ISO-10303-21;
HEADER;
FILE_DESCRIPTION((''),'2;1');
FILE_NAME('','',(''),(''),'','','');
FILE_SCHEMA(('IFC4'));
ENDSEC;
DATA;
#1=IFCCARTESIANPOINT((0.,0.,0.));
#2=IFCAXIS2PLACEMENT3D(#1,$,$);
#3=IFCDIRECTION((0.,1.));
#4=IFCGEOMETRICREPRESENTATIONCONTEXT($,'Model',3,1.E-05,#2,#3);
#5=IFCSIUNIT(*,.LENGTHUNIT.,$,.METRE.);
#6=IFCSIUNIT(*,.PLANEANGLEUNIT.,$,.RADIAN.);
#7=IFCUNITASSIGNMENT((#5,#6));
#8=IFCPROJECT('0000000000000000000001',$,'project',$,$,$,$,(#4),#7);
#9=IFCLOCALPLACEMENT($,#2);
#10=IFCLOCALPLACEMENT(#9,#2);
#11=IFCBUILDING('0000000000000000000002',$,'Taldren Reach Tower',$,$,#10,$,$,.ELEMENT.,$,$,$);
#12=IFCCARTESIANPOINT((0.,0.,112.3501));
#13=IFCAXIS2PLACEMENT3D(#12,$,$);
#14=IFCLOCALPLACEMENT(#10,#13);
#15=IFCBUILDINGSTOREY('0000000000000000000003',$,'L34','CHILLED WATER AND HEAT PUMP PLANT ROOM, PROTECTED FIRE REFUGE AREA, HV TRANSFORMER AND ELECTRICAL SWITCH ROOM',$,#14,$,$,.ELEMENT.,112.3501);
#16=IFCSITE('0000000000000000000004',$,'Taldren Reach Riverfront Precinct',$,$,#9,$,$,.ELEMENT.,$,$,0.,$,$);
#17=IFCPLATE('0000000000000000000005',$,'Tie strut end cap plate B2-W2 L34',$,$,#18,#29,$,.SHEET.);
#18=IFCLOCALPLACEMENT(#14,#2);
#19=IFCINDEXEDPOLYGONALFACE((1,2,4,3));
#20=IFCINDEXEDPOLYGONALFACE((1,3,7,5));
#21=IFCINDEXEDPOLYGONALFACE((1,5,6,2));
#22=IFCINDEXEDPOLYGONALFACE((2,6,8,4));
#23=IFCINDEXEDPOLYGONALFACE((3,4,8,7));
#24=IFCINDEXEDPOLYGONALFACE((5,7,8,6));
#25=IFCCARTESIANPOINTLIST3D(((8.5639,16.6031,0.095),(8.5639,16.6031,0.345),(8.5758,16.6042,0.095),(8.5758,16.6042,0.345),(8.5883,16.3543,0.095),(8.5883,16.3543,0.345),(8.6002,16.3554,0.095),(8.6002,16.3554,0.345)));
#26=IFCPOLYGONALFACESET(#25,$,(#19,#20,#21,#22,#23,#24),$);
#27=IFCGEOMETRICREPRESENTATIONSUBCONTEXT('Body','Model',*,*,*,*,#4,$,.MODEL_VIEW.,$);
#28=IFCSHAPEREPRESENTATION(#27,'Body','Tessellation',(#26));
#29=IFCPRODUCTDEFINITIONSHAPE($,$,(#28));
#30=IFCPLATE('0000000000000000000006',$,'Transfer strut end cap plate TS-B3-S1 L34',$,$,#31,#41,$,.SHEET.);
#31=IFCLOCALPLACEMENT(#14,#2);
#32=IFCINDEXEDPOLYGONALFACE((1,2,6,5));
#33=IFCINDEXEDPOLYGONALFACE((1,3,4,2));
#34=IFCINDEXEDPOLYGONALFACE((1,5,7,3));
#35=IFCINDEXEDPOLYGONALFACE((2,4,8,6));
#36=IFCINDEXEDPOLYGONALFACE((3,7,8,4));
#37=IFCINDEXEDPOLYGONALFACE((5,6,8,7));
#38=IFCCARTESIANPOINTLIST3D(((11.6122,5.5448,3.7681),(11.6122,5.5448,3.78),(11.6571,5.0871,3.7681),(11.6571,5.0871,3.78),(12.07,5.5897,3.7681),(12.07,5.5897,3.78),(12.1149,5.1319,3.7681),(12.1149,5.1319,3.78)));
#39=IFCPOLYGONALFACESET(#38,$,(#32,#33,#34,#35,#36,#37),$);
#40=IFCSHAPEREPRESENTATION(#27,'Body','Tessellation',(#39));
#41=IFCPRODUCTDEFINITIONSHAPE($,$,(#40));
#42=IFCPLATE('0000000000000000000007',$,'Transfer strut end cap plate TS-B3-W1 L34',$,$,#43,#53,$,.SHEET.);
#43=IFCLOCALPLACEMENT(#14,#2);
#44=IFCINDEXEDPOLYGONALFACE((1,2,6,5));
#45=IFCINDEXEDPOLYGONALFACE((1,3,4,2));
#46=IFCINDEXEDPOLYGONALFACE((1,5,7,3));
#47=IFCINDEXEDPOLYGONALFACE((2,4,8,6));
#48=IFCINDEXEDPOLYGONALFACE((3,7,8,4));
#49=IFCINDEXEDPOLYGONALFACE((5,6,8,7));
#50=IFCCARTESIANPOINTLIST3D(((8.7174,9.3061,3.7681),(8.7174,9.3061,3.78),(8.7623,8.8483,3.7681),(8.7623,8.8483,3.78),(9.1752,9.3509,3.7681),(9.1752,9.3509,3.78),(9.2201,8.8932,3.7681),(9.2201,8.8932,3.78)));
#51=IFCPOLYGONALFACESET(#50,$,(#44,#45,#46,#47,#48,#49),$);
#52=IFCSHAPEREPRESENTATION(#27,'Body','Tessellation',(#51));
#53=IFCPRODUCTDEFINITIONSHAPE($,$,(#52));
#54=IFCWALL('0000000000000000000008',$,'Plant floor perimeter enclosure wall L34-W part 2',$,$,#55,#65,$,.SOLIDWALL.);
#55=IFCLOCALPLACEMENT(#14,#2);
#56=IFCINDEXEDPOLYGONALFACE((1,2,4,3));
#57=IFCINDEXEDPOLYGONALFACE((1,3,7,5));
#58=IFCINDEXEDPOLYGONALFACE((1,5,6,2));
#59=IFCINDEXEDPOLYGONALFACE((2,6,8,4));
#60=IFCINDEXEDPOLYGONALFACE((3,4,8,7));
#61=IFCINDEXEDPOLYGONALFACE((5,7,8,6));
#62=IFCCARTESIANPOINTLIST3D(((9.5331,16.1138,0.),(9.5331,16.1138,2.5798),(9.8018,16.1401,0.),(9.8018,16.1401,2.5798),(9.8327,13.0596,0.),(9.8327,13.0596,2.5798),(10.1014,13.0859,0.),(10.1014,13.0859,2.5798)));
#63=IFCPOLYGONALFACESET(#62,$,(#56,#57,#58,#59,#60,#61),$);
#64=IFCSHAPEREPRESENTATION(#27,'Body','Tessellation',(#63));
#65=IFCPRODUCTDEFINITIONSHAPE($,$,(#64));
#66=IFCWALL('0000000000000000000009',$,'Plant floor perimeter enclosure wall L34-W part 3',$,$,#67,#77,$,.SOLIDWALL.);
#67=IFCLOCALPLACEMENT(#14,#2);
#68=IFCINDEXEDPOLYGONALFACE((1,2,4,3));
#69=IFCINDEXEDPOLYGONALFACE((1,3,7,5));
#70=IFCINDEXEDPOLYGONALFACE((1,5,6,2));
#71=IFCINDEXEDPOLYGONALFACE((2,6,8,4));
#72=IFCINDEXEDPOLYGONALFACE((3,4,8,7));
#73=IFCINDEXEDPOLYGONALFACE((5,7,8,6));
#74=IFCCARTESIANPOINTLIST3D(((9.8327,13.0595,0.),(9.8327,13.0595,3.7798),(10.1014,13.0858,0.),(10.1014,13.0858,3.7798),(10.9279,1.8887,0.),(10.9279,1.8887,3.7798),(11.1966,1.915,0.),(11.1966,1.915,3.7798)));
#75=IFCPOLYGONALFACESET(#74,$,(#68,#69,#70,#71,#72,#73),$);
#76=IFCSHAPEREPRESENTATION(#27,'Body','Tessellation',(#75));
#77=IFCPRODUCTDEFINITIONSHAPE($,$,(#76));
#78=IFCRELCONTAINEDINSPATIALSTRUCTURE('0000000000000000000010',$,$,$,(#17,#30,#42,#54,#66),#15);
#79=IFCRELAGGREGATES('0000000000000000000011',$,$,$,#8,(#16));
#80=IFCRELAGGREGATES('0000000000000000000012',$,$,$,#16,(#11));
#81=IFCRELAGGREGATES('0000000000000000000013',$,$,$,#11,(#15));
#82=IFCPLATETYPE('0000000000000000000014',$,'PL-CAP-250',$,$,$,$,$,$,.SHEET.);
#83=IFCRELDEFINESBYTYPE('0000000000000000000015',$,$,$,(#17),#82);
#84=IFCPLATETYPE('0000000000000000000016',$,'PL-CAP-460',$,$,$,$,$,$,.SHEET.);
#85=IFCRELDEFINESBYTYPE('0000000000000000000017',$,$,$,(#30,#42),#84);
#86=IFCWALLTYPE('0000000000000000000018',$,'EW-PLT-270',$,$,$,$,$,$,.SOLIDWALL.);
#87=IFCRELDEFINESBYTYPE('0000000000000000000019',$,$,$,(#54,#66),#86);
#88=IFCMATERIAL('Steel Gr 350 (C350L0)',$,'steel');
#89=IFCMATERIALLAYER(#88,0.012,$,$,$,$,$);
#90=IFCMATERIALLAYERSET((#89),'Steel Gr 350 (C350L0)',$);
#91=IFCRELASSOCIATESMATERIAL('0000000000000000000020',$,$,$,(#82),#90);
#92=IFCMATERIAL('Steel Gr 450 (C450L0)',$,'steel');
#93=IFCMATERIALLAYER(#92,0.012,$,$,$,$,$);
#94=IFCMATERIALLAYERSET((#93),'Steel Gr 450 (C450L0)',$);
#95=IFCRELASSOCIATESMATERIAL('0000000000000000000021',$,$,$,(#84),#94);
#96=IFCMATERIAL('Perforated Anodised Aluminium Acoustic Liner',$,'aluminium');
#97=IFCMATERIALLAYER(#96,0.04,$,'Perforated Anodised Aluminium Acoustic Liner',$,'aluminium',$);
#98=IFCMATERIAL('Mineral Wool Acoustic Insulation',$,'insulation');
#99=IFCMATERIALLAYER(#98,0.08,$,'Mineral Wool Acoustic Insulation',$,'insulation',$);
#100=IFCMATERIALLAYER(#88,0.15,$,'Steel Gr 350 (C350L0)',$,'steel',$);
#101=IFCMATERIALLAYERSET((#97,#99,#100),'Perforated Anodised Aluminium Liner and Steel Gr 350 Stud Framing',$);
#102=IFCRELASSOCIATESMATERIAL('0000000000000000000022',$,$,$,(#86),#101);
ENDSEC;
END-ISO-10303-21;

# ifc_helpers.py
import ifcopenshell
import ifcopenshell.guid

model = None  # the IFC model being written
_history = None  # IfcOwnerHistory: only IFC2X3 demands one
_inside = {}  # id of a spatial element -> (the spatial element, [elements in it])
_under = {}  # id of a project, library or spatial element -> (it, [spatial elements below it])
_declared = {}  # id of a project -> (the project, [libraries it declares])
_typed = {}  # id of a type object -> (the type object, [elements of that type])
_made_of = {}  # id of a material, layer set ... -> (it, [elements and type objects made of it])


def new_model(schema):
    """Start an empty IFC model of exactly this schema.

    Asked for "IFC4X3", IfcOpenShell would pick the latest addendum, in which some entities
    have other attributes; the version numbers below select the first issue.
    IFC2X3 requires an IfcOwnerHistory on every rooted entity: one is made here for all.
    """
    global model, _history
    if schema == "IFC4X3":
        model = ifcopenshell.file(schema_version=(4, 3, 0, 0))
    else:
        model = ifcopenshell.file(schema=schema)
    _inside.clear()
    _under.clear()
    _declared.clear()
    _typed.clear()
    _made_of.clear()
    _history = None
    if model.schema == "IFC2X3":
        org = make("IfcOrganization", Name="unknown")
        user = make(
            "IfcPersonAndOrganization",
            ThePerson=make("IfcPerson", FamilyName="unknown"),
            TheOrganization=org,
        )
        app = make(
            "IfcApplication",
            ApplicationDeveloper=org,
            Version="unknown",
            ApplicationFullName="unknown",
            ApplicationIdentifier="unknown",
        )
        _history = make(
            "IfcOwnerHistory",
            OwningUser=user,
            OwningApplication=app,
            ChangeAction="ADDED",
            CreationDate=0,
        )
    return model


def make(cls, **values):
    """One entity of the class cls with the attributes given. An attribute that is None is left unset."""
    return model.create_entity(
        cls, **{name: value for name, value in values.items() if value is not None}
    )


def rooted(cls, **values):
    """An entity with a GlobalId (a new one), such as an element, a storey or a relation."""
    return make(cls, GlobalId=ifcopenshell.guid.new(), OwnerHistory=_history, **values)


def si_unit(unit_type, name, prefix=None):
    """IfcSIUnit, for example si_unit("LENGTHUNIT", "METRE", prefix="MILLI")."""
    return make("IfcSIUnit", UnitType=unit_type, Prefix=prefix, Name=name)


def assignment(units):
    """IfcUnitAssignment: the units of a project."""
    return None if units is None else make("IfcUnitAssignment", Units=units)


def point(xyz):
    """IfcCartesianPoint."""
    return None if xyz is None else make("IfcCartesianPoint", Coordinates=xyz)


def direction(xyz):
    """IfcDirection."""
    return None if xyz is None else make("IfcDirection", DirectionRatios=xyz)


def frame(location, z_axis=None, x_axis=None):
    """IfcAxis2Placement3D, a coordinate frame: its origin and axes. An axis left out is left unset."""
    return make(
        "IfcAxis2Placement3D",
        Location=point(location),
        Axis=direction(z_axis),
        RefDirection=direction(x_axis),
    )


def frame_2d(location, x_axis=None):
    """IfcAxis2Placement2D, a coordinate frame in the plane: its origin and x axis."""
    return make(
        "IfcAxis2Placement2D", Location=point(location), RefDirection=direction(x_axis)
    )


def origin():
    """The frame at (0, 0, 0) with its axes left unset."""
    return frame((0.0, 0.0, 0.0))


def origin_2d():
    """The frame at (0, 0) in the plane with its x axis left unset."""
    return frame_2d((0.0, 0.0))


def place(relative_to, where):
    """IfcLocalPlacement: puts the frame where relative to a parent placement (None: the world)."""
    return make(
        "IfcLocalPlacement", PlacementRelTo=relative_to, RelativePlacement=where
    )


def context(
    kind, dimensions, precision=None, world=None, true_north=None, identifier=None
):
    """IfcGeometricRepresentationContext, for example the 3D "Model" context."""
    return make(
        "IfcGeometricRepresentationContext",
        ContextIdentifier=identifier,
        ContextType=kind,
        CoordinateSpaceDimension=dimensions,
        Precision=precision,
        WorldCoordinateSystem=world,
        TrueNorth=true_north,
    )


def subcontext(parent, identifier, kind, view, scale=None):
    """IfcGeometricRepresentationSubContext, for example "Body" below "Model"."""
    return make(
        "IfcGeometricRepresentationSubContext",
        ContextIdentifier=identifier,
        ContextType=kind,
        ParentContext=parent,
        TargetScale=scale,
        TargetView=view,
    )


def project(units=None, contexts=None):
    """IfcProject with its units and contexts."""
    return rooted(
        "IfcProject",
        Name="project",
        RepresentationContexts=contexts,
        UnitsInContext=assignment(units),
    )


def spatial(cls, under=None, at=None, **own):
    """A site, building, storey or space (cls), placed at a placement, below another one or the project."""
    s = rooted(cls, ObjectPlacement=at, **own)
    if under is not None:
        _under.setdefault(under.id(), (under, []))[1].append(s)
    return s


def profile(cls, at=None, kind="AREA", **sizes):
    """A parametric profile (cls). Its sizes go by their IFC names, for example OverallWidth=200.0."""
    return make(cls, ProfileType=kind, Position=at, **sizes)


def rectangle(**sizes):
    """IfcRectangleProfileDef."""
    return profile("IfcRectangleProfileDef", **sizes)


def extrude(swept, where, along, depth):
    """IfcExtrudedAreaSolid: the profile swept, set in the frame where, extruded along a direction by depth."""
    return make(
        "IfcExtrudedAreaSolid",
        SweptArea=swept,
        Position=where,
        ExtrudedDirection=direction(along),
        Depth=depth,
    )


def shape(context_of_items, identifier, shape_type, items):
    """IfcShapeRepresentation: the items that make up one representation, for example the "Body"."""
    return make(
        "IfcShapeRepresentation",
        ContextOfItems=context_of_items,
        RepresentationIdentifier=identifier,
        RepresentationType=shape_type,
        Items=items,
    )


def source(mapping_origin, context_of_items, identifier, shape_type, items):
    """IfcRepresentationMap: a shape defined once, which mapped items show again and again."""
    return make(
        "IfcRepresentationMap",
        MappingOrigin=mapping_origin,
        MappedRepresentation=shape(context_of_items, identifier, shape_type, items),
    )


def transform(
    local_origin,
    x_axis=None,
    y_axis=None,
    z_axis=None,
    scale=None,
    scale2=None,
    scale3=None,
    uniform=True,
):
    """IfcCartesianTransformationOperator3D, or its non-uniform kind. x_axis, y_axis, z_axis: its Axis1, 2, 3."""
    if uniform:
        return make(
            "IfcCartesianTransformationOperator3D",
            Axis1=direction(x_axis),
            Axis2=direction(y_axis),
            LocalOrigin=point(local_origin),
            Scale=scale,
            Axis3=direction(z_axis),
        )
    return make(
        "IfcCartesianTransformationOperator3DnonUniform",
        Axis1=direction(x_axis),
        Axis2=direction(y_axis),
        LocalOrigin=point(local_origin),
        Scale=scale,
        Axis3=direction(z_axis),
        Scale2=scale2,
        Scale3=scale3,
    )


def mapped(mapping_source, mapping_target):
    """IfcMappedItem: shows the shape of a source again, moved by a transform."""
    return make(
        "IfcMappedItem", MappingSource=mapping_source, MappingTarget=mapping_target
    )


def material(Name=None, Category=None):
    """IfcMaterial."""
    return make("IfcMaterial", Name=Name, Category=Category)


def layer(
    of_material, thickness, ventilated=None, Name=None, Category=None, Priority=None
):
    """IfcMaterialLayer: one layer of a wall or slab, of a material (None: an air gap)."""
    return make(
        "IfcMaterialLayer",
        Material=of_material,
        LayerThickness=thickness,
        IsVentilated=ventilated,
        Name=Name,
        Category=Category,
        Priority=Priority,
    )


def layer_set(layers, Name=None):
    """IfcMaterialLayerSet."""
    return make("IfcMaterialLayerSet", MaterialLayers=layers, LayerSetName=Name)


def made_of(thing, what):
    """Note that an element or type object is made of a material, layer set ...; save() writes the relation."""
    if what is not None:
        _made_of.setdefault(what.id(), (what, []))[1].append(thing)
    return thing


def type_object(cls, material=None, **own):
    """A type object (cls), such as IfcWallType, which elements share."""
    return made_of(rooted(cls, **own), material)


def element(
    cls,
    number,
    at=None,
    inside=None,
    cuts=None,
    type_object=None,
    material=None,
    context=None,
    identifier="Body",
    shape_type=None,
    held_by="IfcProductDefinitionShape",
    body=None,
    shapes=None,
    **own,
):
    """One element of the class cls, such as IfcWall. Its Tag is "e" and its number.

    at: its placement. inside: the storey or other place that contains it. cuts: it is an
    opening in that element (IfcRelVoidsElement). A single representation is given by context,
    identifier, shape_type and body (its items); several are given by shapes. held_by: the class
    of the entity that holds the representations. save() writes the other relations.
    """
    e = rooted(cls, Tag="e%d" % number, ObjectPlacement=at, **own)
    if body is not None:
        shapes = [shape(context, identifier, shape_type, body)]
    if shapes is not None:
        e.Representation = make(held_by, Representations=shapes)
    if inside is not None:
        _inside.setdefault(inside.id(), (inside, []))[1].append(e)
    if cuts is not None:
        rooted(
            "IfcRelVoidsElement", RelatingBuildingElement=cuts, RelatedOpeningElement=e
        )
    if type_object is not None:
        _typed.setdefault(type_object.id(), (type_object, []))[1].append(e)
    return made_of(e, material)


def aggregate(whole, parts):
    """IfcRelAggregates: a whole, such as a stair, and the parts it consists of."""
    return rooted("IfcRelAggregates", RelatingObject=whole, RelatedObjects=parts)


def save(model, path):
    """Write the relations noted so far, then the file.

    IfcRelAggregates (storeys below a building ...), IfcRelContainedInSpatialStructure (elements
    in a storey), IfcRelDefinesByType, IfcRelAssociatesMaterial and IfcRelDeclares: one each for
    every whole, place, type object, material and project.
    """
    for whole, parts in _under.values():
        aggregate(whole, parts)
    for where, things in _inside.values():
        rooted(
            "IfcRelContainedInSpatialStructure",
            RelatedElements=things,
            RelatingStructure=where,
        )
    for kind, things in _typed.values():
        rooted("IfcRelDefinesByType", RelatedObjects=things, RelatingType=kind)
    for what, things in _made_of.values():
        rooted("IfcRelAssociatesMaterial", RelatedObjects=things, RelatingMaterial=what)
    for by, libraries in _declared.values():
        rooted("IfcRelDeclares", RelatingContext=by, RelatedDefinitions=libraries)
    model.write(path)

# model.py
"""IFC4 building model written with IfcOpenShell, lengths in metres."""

from ifc_helpers import new_model, si_unit, direction, frame, frame_2d, origin, origin_2d, place, context, subcontext, project, spatial, rectangle, extrude, source, transform, mapped, material, layer, layer_set, type_object, element, save


model = new_model("IFC4")

# Units and contexts
model_context = context("Model", 3, precision=1e-05, world=origin(), true_north=direction((0.0, 1.0)))
body_context = subcontext(model_context, "Body", "Model", "MODEL_VIEW")
ifc_project = project(units=[si_unit("LENGTHUNIT", "METRE"), si_unit("PLANEANGLEUNIT", "RADIAN")], contexts=[model_context])

# Site, building, storey
site_placement = place(None, origin())
site = spatial("IfcSite", under=ifc_project, at=site_placement, Name="Taldren Reach Riverfront Precinct", CompositionType="ELEMENT", RefElevation=0.0)
building_placement = place(site_placement, origin())
building = spatial("IfcBuilding", under=site, at=building_placement, Name="Taldren Reach Tower", CompositionType="ELEMENT")
storey_placement = place(building_placement, frame((0.0, 0.0, 112.3501)))
storey = spatial("IfcBuildingStorey", under=building, at=storey_placement, Name="L34", Description="CHILLED WATER AND HEAT PUMP PLANT ROOM, PROTECTED FIRE REFUGE AREA, HV TRANSFORMER AND ELECTRICAL SWITCH ROOM", CompositionType="ELEMENT", Elevation=112.3501)

# Shared definitions
ifc_material_1 = material(Name="Steel Gr 450 (C450L0)", Category="steel")
ifc_material_2 = material(Name="Steel Gr 350 (C350L0)", Category="steel")

# Plates
ifc_layer_1 = layer(ifc_material_2, 0.012)
ifc_layer_set_1 = layer_set([ifc_layer_1], Name="Steel Gr 350 (C350L0)")
plate_type_1 = type_object("IfcPlateType", Name="PL-CAP-250", PredefinedType="SHEET", material=ifc_layer_set_1)
shared_shape_1 = source(origin(), body_context, "Body", "SweptSolid", [
    extrude(rectangle(XDim=0.012, YDim=0.25, at=origin_2d()), origin(), (0.0, 0.0, 1.0), 0.25),
])
plate_1_placement = place(storey_placement, frame((8.582, 16.4792, 0.095), z_axis=(0.0, 0.0, 1.0), x_axis=(0.995227, 0.097583, 0.0)))
element("IfcPlate", 1, at=plate_1_placement, inside=storey, type_object=plate_type_1, Name="Tie strut end cap plate B2-W2 L34", PredefinedType="SHEET", context=body_context, shape_type="MappedRepresentation", body=[
    mapped(shared_shape_1, transform((0.0, 0.0, 0.0), scale=1.0)),
])
ifc_layer_2 = layer(ifc_material_1, 0.012)
ifc_layer_set_2 = layer_set([ifc_layer_2], Name="Steel Gr 450 (C450L0)")
plate_type_2 = type_object("IfcPlateType", Name="PL-CAP-460", PredefinedType="SHEET", material=ifc_layer_set_2)
shared_shape_2 = source(origin(), body_context, "Body", "SweptSolid", [
    extrude(rectangle(XDim=0.46, YDim=0.46, at=origin_2d()), origin(), (0.0, 0.0, 1.0), 0.012),
])
for number, where, z_axis, x_axis, name in (
    (2, (11.8635, 5.3384, 3.7681), (0.0, 0.0, 1.0), (0.995227, 0.097583, 0.0), "Transfer strut end cap plate TS-B3-S1 L34"),
    (3, (8.9688, 9.0996, 3.7681), (0.0, 0.0, 1.0), (0.995227, 0.097583, 0.0), "Transfer strut end cap plate TS-B3-W1 L34"),
):
    element("IfcPlate", number, at=place(storey_placement, frame(where, z_axis=z_axis, x_axis=x_axis)), inside=storey, type_object=plate_type_2, Name=name, PredefinedType="SHEET", context=body_context, shape_type="MappedRepresentation", body=[
        mapped(shared_shape_2, transform((0.0, 0.0, 0.0), scale=1.0)),
    ])

# Walls
ifc_material_3 = material(Name="Perforated Anodised Aluminium Acoustic Liner", Category="aluminium")
ifc_layer_3 = layer(ifc_material_3, 0.04, Name="Perforated Anodised Aluminium Acoustic Liner", Category="aluminium")
ifc_material_4 = material(Name="Mineral Wool Acoustic Insulation", Category="insulation")
ifc_layer_4 = layer(ifc_material_4, 0.08, Name="Mineral Wool Acoustic Insulation", Category="insulation")
ifc_layer_5 = layer(ifc_material_2, 0.15, Name="Steel Gr 350 (C350L0)", Category="steel")
ifc_layer_set_3 = layer_set([ifc_layer_3, ifc_layer_4, ifc_layer_5], Name="Perforated Anodised Aluminium Liner and Steel Gr 350 Stud Framing")
wall_type = type_object("IfcWallType", Name="EW-PLT-270", PredefinedType="SOLIDWALL", material=ifc_layer_set_3)
shared_shape_3 = source(origin(), body_context, "Body", "SweptSolid", [
    extrude(rectangle(XDim=3.0688, YDim=0.27, at=frame_2d((1.5344, 0.0))), origin(), (0.0, 0.0, 1.0), 2.5798),
])
wall_1_placement = place(storey_placement, frame((9.6675, 16.127, 0.0), z_axis=(0.0, 0.0, 1.0), x_axis=(0.097613, -0.995224, 0.0)))
element("IfcWall", 4, at=wall_1_placement, inside=storey, type_object=wall_type, Name="Plant floor perimeter enclosure wall L34-W part 2", PredefinedType="SOLIDWALL", context=body_context, shape_type="MappedRepresentation", body=[
    mapped(shared_shape_3, transform((0.0, 0.0, 0.0), scale=1.0)),
])
shared_shape_4 = source(origin(), body_context, "Body", "SweptSolid", [
    extrude(rectangle(XDim=11.2244, YDim=0.27, at=frame_2d((5.6123, 0.0))), origin(), (0.0, 0.0, 1.0), 3.7798),
])
wall_2_placement = place(storey_placement, frame((9.967, 13.0728, 0.0), z_axis=(0.0, 0.0, 1.0), x_axis=(0.097574, -0.995228, 0.0)))
element("IfcWall", 5, at=wall_2_placement, inside=storey, type_object=wall_type, Name="Plant floor perimeter enclosure wall L34-W part 3", PredefinedType="SOLIDWALL", context=body_context, shape_type="MappedRepresentation", body=[
    mapped(shared_shape_4, transform((0.0, 0.0, 0.0), scale=1.0)),
])

save(model, "model.ifc")
